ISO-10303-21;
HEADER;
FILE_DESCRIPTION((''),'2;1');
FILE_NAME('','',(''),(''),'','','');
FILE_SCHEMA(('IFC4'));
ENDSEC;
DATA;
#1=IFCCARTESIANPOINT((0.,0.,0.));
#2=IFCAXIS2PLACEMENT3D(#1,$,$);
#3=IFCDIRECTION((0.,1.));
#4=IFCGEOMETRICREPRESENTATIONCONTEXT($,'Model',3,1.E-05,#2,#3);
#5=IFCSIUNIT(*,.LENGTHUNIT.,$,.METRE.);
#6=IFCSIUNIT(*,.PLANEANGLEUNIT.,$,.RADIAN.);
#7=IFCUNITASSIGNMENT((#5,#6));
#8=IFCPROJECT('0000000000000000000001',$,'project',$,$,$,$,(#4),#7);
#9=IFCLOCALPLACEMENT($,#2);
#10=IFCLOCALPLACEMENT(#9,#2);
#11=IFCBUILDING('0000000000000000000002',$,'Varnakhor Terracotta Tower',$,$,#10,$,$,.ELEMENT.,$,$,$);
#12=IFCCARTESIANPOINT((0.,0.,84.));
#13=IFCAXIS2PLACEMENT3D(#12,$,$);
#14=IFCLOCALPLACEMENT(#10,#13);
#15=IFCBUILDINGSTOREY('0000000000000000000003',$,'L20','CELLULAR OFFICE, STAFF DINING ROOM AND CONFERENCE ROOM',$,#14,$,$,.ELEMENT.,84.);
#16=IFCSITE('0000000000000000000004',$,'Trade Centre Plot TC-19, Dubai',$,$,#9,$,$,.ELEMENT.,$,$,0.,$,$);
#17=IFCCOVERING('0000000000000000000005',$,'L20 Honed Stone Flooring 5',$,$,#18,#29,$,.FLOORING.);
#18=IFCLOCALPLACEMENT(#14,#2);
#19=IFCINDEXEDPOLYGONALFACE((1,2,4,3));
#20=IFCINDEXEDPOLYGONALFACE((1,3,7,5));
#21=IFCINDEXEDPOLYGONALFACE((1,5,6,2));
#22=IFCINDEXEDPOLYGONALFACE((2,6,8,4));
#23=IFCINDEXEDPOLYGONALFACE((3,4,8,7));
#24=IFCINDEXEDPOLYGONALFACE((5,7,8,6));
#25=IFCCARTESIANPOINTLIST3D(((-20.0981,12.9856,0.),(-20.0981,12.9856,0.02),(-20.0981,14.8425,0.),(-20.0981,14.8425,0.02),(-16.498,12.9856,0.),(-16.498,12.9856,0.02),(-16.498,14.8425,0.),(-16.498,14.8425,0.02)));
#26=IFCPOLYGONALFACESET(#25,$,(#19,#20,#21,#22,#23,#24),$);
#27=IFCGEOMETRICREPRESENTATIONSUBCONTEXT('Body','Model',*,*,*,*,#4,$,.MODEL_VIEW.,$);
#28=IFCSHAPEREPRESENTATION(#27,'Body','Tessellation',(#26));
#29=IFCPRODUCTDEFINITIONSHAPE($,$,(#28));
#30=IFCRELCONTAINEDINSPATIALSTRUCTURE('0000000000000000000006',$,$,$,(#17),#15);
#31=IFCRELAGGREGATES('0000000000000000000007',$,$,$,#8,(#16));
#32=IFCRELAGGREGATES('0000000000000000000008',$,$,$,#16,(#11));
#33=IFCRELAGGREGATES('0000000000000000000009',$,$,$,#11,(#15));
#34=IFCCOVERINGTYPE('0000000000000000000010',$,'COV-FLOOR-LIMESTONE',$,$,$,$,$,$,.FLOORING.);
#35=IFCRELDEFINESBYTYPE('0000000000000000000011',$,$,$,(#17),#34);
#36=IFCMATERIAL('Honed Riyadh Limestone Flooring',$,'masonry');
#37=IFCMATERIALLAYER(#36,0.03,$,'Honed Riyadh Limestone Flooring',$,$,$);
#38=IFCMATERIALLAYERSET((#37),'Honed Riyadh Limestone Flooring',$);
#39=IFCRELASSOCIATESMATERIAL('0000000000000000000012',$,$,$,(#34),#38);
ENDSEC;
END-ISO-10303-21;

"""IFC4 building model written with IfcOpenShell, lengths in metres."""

from ifc_helpers import new_model, si_unit, direction, frame, origin, origin_2d, place, context, subcontext, project, spatial, rectangle, extrude, source, transform, mapped, material, layer, layer_set, type_object, element, save


model = new_model("IFC4")

# Units and contexts
model_context = context("Model", 3, precision=1e-05, world=origin(), true_north=direction((0.0, 1.0)))
body_context = subcontext(model_context, "Body", "Model", "MODEL_VIEW")
ifc_project = project(units=[si_unit("LENGTHUNIT", "METRE"), si_unit("PLANEANGLEUNIT", "RADIAN")], contexts=[model_context])

# Site, building, storey
site_placement = place(None, origin())
site = spatial("IfcSite", under=ifc_project, at=site_placement, Name="Trade Centre Plot TC-19, Dubai", CompositionType="ELEMENT", RefElevation=0.0)
building_placement = place(site_placement, origin())
building = spatial("IfcBuilding", under=site, at=building_placement, Name="Varnakhor Terracotta Tower", CompositionType="ELEMENT")
storey_placement = place(building_placement, frame((0.0, 0.0, 84.0)))
storey = spatial("IfcBuildingStorey", under=building, at=storey_placement, Name="L20", Description="CELLULAR OFFICE, STAFF DINING ROOM AND CONFERENCE ROOM", CompositionType="ELEMENT", Elevation=84.0)

# Covering
ifc_material_1 = material(Name="Honed Riyadh Limestone Flooring", Category="masonry")
ifc_layer_1 = layer(ifc_material_1, 0.03, Name="Honed Riyadh Limestone Flooring")
ifc_layer_set_1 = layer_set([ifc_layer_1], Name="Honed Riyadh Limestone Flooring")
covering_type_1 = type_object("IfcCoveringType", Name="COV-FLOOR-LIMESTONE", PredefinedType="FLOORING", material=ifc_layer_set_1)
shared_shape_1 = source(origin(), body_context, "Body", "SweptSolid", [
    extrude(rectangle(XDim=3.6001, YDim=1.8569, at=origin_2d()), origin(), (0.0, 0.0, 1.0), 0.02),
])
covering_1_placement = place(storey_placement, frame((-18.2981, 13.9141, 0.0), z_axis=(0.0, 0.0, 1.0), x_axis=(1.0, 0.0, 0.0)))
element("IfcCovering", 1, at=covering_1_placement, inside=storey, type_object=covering_type_1, Name="L20 Honed Stone Flooring 5", PredefinedType="FLOORING", context=body_context, shape_type="MappedRepresentation", body=[
    mapped(shared_shape_1, transform((0.0, 0.0, 0.0), scale=1.0)),
])

save(model, "model.ifc")
